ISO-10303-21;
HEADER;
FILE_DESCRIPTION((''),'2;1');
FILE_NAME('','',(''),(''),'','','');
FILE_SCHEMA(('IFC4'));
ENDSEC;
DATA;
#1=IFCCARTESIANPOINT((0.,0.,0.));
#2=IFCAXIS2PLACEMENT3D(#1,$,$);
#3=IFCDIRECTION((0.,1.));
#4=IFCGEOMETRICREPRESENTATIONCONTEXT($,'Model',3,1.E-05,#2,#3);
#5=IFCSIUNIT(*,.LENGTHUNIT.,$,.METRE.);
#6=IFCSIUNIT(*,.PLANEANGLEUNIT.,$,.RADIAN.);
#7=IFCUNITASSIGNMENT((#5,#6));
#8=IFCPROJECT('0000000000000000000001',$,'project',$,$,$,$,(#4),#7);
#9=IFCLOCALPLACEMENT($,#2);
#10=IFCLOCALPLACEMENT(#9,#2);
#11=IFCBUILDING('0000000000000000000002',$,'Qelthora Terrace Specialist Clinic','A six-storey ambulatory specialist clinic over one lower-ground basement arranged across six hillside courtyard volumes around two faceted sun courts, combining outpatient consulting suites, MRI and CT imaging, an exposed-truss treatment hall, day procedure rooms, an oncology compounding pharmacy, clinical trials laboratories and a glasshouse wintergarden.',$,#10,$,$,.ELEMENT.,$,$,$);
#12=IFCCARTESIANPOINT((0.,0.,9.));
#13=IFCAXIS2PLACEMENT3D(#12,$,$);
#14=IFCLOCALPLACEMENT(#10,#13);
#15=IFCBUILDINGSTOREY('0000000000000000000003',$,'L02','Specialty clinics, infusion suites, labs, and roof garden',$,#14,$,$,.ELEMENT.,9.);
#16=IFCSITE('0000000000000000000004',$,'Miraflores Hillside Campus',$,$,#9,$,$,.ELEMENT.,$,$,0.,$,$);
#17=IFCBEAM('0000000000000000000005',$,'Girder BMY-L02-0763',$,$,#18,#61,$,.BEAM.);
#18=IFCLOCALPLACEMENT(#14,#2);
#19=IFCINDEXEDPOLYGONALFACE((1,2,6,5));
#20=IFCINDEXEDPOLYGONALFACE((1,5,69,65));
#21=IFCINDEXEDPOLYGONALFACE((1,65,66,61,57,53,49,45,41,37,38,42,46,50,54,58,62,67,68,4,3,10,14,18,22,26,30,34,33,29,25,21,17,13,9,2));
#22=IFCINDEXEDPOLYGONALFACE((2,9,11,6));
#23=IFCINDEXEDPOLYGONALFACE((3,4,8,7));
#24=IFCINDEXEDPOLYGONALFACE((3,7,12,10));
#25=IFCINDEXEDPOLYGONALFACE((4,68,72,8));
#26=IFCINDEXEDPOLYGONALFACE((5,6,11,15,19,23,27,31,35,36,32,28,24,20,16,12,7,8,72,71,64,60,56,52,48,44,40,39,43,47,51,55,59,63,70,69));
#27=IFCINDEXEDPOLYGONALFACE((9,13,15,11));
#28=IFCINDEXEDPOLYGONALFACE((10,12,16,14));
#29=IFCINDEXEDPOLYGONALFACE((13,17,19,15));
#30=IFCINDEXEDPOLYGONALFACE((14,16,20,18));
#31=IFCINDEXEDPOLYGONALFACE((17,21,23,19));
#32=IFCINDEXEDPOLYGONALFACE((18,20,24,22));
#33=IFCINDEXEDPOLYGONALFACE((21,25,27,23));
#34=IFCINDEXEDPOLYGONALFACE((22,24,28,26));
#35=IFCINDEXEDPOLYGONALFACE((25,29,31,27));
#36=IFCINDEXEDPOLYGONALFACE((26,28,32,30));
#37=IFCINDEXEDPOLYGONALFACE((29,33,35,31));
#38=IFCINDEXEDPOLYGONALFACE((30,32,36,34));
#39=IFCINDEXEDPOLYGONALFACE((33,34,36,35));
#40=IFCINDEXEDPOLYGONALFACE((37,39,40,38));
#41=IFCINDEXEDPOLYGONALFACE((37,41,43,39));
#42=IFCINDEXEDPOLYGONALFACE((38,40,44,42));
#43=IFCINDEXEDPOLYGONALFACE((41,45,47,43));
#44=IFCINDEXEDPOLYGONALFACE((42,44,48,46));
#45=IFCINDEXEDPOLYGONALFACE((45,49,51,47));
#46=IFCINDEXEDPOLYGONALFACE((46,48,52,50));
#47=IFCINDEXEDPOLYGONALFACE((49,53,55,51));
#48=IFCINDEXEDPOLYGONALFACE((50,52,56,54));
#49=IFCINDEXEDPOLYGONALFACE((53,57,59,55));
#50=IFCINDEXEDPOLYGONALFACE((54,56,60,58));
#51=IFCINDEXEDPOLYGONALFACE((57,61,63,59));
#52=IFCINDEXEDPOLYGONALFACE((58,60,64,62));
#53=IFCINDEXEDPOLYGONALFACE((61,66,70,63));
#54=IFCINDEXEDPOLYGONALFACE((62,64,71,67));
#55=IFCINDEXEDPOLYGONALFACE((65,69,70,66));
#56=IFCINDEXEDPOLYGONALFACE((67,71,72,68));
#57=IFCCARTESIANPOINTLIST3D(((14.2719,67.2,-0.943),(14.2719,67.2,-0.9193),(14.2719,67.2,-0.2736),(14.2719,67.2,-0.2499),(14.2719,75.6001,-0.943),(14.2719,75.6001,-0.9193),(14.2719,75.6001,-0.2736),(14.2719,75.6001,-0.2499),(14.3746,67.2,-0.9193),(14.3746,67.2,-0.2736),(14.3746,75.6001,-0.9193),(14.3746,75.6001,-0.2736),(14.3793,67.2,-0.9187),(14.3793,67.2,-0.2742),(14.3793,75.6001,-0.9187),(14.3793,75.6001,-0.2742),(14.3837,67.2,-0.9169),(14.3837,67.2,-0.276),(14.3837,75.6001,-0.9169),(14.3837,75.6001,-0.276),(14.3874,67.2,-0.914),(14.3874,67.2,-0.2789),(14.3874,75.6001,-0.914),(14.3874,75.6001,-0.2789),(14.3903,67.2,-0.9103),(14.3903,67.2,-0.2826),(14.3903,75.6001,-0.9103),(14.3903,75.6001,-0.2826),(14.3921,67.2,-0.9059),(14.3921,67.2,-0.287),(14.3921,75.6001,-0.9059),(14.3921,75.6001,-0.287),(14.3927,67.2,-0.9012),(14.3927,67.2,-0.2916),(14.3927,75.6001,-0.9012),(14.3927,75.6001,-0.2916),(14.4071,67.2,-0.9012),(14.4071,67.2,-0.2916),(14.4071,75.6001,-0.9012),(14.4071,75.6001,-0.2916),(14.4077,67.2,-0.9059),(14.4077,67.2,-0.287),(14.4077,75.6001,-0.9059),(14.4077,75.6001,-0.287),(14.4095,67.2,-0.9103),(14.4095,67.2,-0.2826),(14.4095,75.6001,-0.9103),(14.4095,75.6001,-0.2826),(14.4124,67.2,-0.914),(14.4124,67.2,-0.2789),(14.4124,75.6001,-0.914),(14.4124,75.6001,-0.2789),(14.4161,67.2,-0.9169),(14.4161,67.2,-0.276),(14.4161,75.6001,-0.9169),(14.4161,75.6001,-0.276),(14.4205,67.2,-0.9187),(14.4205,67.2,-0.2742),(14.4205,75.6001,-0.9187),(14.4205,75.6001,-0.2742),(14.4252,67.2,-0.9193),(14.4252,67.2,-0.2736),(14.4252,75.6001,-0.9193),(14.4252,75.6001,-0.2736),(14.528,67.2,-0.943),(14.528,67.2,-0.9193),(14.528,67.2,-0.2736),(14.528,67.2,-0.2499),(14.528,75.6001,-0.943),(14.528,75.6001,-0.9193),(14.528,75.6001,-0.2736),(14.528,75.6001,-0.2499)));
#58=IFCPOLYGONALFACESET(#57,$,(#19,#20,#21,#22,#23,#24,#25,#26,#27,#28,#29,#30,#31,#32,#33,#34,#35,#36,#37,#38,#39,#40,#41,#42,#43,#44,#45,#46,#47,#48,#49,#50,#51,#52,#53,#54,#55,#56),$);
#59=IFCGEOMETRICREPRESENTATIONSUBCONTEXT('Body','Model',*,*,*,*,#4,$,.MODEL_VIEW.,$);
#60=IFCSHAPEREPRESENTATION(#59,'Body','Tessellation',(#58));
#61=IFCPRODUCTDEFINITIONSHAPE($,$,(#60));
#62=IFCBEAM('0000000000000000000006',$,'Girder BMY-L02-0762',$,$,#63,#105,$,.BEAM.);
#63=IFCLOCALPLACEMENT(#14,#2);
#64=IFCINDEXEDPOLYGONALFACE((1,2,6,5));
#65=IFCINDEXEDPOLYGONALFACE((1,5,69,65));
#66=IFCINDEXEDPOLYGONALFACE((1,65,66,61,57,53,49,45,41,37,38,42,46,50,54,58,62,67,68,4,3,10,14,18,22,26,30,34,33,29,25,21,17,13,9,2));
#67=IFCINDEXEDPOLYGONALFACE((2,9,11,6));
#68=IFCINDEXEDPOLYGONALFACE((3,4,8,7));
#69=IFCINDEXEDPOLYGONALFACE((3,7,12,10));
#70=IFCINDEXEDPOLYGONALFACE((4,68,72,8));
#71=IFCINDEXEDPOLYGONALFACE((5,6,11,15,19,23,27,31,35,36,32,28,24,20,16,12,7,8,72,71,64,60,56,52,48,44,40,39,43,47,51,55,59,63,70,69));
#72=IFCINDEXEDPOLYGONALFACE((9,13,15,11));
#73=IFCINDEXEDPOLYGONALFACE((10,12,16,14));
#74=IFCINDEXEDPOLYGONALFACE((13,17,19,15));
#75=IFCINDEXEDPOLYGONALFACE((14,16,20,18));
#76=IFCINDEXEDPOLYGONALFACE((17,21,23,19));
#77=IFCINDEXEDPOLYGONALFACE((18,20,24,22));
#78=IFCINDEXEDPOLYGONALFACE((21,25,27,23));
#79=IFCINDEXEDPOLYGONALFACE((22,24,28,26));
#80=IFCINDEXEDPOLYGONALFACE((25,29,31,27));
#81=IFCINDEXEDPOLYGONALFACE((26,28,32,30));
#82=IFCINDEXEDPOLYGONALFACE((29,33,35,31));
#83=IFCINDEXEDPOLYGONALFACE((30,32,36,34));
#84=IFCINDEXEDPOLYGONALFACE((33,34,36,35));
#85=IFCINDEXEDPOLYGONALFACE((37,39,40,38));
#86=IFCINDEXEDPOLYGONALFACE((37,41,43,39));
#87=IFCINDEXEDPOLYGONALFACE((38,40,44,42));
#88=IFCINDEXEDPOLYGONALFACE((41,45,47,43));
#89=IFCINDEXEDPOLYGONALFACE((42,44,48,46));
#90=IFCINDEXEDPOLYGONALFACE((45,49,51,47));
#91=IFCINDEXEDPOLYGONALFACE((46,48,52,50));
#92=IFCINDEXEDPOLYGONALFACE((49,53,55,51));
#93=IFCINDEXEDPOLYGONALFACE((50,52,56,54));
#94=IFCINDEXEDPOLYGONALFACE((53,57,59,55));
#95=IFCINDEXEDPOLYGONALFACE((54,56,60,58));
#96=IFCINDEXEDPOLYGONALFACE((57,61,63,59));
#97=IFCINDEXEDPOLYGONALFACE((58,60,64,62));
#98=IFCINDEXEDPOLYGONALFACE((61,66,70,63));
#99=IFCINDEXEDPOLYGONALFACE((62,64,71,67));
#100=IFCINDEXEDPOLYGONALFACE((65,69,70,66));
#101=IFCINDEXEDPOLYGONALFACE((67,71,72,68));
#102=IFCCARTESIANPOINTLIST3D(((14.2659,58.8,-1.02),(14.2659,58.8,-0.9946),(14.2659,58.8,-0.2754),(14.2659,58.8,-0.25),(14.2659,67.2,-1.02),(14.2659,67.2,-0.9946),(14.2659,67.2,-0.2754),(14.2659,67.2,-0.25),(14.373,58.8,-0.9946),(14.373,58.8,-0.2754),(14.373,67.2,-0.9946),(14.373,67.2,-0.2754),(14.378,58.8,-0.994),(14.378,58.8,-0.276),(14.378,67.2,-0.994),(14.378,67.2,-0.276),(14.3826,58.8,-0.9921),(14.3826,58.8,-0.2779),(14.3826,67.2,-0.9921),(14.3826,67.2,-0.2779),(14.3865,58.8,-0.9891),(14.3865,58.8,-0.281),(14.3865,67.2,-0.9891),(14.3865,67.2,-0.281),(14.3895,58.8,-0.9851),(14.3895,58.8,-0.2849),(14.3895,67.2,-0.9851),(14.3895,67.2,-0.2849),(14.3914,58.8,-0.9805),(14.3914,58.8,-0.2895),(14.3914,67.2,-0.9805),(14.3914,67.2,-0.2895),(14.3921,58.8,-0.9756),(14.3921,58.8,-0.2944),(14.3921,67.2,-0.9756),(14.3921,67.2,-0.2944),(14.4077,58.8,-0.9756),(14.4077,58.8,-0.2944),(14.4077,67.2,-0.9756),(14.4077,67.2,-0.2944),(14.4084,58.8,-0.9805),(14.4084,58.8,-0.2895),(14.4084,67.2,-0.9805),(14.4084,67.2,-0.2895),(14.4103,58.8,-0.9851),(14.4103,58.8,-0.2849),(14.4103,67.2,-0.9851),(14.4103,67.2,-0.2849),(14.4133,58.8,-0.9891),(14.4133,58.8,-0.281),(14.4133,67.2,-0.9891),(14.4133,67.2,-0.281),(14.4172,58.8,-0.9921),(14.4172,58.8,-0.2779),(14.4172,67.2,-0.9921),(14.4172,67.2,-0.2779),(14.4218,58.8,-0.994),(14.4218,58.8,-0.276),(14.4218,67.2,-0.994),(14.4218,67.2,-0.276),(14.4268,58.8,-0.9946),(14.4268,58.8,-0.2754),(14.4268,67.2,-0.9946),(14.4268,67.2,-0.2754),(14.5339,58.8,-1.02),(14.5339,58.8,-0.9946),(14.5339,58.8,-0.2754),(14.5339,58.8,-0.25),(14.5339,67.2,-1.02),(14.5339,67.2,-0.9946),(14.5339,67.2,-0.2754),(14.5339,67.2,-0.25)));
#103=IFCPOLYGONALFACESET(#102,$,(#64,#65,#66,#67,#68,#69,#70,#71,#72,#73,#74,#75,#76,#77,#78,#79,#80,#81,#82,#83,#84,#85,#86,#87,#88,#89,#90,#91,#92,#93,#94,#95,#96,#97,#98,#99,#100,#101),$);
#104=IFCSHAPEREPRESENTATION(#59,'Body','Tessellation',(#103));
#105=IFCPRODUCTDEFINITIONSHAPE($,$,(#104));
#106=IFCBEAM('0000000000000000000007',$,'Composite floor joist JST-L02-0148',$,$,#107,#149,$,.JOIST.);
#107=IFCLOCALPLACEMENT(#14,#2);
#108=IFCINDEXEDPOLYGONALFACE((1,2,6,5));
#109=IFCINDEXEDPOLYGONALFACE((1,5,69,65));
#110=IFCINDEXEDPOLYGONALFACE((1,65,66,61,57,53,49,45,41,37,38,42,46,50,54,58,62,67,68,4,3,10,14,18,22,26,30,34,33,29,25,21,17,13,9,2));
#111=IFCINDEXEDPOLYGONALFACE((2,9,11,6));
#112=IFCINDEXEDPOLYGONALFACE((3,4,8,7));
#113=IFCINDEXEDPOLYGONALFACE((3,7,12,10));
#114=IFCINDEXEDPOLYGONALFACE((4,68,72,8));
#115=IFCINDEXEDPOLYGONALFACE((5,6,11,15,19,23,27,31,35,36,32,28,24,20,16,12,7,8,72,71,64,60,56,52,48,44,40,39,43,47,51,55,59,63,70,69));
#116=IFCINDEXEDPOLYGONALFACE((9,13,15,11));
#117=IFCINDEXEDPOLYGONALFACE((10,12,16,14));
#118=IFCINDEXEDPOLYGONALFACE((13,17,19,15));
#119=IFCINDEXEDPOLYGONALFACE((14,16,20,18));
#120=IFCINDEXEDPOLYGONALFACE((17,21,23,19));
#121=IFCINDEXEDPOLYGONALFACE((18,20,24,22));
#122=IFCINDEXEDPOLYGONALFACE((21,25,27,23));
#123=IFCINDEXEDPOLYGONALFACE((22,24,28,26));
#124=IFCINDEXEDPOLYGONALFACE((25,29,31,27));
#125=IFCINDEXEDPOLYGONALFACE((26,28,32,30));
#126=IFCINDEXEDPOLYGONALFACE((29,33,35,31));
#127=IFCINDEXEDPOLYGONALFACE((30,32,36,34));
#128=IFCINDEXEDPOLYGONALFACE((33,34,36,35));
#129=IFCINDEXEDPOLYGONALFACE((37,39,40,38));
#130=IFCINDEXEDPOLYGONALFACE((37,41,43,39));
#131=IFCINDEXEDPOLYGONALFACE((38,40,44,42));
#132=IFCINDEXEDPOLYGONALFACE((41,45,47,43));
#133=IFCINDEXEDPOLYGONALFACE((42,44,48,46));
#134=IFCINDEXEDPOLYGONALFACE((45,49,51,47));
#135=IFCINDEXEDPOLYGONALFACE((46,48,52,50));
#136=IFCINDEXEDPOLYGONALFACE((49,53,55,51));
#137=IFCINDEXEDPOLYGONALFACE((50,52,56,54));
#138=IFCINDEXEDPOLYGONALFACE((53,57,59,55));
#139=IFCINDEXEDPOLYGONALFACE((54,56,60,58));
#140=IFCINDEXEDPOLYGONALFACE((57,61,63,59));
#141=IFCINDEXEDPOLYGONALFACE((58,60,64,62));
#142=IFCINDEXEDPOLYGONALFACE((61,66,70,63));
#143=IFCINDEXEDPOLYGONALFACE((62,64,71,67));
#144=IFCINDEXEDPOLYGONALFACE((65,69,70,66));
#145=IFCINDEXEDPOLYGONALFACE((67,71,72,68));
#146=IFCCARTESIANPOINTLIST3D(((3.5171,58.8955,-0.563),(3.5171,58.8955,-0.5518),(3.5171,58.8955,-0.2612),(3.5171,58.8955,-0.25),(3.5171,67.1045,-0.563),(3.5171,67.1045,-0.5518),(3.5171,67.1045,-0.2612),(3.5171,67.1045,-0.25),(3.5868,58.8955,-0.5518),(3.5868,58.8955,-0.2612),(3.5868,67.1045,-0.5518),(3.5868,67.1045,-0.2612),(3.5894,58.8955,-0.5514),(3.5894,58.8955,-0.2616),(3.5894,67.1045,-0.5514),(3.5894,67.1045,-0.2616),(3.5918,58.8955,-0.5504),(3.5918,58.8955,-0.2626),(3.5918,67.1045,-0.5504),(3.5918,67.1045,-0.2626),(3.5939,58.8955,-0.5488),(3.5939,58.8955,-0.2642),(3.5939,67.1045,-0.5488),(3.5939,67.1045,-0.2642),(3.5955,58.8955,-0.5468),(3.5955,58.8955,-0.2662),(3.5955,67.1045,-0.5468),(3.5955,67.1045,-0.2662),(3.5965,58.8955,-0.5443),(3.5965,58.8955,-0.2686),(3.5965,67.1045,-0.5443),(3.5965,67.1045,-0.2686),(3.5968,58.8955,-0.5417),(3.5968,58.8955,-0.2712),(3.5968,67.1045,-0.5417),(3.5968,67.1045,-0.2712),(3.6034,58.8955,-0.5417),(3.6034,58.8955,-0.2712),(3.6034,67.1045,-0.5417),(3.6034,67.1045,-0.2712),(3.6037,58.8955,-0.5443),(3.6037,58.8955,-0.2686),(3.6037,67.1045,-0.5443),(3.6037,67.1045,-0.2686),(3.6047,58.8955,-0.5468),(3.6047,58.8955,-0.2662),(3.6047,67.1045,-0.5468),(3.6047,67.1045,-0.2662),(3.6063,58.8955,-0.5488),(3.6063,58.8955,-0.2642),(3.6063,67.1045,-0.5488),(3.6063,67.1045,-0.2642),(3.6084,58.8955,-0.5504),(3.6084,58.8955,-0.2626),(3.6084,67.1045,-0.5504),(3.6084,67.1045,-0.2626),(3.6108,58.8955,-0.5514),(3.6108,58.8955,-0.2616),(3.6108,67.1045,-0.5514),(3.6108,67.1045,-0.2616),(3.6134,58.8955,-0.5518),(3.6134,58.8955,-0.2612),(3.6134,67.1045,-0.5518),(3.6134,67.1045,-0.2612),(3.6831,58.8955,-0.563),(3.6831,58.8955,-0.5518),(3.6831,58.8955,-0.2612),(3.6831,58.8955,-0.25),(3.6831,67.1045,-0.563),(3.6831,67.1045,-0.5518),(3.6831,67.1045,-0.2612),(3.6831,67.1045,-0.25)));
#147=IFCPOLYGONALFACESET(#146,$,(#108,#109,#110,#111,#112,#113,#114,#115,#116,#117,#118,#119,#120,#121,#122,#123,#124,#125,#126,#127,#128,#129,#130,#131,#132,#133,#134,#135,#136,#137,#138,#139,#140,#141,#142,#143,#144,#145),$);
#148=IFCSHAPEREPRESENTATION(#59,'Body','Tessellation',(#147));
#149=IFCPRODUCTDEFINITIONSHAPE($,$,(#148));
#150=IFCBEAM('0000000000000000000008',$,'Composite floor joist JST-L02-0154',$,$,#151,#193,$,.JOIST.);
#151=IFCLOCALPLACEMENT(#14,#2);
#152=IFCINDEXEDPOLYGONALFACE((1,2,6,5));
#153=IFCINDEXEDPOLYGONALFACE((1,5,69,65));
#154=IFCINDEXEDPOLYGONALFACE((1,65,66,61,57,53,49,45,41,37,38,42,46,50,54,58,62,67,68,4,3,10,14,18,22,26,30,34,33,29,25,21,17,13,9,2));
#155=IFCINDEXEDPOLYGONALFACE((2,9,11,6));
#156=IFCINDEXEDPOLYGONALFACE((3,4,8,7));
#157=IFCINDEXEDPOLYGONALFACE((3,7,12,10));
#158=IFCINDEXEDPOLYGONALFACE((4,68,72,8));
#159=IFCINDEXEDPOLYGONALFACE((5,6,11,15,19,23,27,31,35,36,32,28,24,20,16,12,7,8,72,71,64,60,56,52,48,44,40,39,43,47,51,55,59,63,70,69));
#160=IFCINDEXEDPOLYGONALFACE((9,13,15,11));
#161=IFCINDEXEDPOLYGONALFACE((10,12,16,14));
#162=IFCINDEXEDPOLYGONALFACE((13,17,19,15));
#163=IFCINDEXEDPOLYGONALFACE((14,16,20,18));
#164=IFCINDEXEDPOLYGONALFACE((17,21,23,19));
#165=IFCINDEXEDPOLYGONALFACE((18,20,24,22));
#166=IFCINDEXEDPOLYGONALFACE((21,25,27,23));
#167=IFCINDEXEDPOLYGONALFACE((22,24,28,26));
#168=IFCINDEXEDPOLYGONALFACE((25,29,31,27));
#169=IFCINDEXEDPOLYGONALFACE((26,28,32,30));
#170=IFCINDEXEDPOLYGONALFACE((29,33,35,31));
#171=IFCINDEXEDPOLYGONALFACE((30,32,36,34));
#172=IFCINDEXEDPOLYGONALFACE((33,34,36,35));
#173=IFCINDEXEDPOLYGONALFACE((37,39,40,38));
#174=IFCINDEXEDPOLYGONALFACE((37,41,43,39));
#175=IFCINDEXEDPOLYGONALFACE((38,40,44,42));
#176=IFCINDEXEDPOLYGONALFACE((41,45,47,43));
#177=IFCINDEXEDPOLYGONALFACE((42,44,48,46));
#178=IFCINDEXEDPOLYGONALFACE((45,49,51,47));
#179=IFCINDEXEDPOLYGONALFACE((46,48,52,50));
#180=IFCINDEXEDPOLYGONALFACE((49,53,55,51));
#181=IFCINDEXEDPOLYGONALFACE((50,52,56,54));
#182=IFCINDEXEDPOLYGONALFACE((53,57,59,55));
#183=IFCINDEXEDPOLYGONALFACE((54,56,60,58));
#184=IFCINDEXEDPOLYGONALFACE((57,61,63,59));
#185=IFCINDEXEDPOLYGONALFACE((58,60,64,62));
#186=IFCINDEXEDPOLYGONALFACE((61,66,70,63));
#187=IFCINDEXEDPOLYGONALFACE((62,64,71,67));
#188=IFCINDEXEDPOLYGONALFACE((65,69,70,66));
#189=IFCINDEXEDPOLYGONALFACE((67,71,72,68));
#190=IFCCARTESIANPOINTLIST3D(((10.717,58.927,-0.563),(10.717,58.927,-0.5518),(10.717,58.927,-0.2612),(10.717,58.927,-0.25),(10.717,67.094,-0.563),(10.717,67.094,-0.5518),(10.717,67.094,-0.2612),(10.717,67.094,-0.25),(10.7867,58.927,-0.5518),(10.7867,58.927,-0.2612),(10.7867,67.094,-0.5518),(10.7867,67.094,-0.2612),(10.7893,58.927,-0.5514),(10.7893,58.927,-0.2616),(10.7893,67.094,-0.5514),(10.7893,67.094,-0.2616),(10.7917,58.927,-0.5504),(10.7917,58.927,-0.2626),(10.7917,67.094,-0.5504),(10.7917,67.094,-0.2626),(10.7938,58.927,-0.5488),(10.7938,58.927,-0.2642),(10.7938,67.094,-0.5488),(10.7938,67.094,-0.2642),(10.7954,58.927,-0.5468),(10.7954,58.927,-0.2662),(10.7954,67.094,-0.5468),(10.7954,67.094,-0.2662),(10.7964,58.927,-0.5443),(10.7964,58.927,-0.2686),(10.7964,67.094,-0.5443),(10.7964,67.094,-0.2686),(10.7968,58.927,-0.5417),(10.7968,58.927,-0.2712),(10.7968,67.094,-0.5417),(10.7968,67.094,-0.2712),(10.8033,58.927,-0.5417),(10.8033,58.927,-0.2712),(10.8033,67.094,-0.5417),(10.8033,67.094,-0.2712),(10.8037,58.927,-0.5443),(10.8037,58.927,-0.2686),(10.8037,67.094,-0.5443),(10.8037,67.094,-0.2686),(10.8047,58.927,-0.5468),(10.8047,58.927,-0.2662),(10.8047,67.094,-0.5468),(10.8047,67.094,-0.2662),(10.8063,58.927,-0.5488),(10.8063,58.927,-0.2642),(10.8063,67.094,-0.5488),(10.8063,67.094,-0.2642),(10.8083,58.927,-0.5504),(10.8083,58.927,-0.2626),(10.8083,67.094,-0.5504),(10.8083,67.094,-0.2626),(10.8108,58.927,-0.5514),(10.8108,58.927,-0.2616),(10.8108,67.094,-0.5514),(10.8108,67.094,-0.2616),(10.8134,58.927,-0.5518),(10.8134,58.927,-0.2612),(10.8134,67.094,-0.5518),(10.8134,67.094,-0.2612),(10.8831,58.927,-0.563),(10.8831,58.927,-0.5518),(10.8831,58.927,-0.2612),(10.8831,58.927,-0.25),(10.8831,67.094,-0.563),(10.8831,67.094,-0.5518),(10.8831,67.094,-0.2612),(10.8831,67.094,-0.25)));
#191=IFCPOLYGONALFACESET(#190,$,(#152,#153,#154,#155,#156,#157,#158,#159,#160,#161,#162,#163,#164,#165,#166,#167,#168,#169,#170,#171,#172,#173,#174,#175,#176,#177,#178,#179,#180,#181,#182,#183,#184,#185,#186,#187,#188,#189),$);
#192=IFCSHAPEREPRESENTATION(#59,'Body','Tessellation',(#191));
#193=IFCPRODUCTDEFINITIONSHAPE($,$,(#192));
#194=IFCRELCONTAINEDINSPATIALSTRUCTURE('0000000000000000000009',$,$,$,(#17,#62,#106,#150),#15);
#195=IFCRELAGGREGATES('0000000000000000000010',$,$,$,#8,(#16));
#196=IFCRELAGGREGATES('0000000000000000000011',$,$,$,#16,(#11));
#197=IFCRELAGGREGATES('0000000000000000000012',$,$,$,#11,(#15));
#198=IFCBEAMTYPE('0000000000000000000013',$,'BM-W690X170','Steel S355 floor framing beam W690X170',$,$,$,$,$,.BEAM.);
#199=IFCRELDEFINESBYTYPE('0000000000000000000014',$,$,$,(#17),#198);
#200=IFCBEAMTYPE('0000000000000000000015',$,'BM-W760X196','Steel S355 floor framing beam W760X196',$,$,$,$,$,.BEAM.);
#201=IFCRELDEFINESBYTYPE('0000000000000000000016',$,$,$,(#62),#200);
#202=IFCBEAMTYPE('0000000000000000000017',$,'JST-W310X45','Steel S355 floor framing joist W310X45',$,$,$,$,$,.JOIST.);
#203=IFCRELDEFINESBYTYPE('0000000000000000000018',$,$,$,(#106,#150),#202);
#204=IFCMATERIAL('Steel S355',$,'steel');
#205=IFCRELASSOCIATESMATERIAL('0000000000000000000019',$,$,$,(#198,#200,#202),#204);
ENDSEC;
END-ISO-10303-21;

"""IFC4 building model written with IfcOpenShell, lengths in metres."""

from ifc_helpers import new_model, si_unit, direction, frame, origin, origin_2d, place, context, subcontext, project, spatial, i_section, extrude, material, material_profile, profile_set, type_object, element, save


model = new_model("IFC4")

# Units and contexts
model_context = context("Model", 3, precision=1e-05, world=origin(), true_north=direction((0.0, 1.0)))
body_context = subcontext(model_context, "Body", "Model", "MODEL_VIEW")
ifc_project = project(units=[si_unit("LENGTHUNIT", "METRE"), si_unit("PLANEANGLEUNIT", "RADIAN")], contexts=[model_context])

# Site, building, storey
site_placement = place(None, origin())
site = spatial("IfcSite", under=ifc_project, at=site_placement, Name="Miraflores Hillside Campus", CompositionType="ELEMENT", RefElevation=0.0)
building_placement = place(site_placement, origin())
building = spatial("IfcBuilding", under=site, at=building_placement, Name="Qelthora Terrace Specialist Clinic", Description="A six-storey ambulatory specialist clinic over one lower-ground basement arranged across six hillside courtyard volumes around two faceted sun courts, combining outpatient consulting suites, MRI and CT imaging, an exposed-truss treatment hall, day procedure rooms, an oncology compounding pharmacy, clinical trials laboratories and a glasshouse wintergarden.", CompositionType="ELEMENT")
storey_placement = place(building_placement, frame((0.0, 0.0, 9.0)))
storey = spatial("IfcBuildingStorey", under=building, at=storey_placement, Name="L02", Description="Specialty clinics, infusion suites, labs, and roof garden", CompositionType="ELEMENT", Elevation=9.0)

# Shared definitions
ifc_material_1 = material(Name="Steel S355", Category="steel")

# Beams
ifc_material_profile_1 = material_profile(ifc_material_1, i_section(OverallWidth=0.2561, OverallDepth=0.6931, WebThickness=0.0144, FlangeThickness=0.0237, FilletRadius=0.0181, at=origin_2d()), Name="W690X170")
ifc_profile_set_1 = profile_set([ifc_material_profile_1], Name="Steel S355")
beam_type_1 = type_object("IfcBeamType", Name="BM-W690X170", Description="Steel S355 floor framing beam W690X170", PredefinedType="BEAM", material=ifc_profile_set_1)
for number, where, z_axis, x_axis, name in (
    (1, (14.3999, 67.2, -0.5964), (0.0, 1.0, 0.0), (-1.0, 0.0, 0.0), "Girder BMY-L02-0763"),
):
    element("IfcBeam", number, at=place(storey_placement, frame(where, z_axis=z_axis, x_axis=x_axis)), inside=storey, type_object=beam_type_1, Name=name, PredefinedType="BEAM", context=body_context, shape_type="SweptSolid", body=[
        extrude(i_section(OverallWidth=0.2561, OverallDepth=0.6931, WebThickness=0.0144, FlangeThickness=0.0237, FilletRadius=0.0181, at=origin_2d()), origin(), (0.0, 0.0, 1.0), 8.4001),
    ])
ifc_material_profile_2 = material_profile(ifc_material_1, i_section(OverallWidth=0.2681, OverallDepth=0.77, WebThickness=0.0156, FlangeThickness=0.0254, FilletRadius=0.019, at=origin_2d()), Name="W760X196")
ifc_profile_set_2 = profile_set([ifc_material_profile_2], Name="Steel S355")
beam_type_2 = type_object("IfcBeamType", Name="BM-W760X196", Description="Steel S355 floor framing beam W760X196", PredefinedType="BEAM", material=ifc_profile_set_2)
beam_1_placement = place(storey_placement, frame((14.3999, 58.8, -0.635), z_axis=(0.0, 1.0, 0.0), x_axis=(-1.0, 0.0, 0.0)))
element("IfcBeam", 2, at=beam_1_placement, inside=storey, type_object=beam_type_2, Name="Girder BMY-L02-0762", PredefinedType="BEAM", context=body_context, shape_type="SweptSolid", body=[
    extrude(i_section(OverallWidth=0.2681, OverallDepth=0.77, WebThickness=0.0156, FlangeThickness=0.0254, FilletRadius=0.019, at=origin_2d()), origin(), (0.0, 0.0, 1.0), 8.3999),
])
ifc_material_profile_3 = material_profile(ifc_material_1, i_section(OverallWidth=0.166, OverallDepth=0.313, WebThickness=0.0066, FlangeThickness=0.0112, FilletRadius=0.01, at=origin_2d()), Name="W310X45")
ifc_profile_set_3 = profile_set([ifc_material_profile_3], Name="Steel S355")
beam_type_3 = type_object("IfcBeamType", Name="JST-W310X45", Description="Steel S355 floor framing joist W310X45", PredefinedType="JOIST", material=ifc_profile_set_3)
beam_2_placement = place(storey_placement, frame((3.6001, 58.8955, -0.4065), z_axis=(0.0, 1.0, 0.0), x_axis=(-1.0, 0.0, 0.0)))
element("IfcBeam", 3, at=beam_2_placement, inside=storey, type_object=beam_type_3, Name="Composite floor joist JST-L02-0148", PredefinedType="JOIST", context=body_context, shape_type="SweptSolid", body=[
    extrude(i_section(OverallWidth=0.166, OverallDepth=0.313, WebThickness=0.0066, FlangeThickness=0.0112, FilletRadius=0.01, at=origin_2d()), origin(), (0.0, 0.0, 1.0), 8.209),
])
beam_3_placement = place(storey_placement, frame((10.8, 58.927, -0.4065), z_axis=(0.0, 1.0, 0.0), x_axis=(-1.0, 0.0, 0.0)))
element("IfcBeam", 4, at=beam_3_placement, inside=storey, type_object=beam_type_3, Name="Composite floor joist JST-L02-0154", PredefinedType="JOIST", context=body_context, shape_type="SweptSolid", body=[
    extrude(i_section(OverallWidth=0.166, OverallDepth=0.313, WebThickness=0.0066, FlangeThickness=0.0112, FilletRadius=0.01, at=origin_2d()), origin(), (0.0, 0.0, 1.0), 8.167),
])

save(model, "model.ifc")
